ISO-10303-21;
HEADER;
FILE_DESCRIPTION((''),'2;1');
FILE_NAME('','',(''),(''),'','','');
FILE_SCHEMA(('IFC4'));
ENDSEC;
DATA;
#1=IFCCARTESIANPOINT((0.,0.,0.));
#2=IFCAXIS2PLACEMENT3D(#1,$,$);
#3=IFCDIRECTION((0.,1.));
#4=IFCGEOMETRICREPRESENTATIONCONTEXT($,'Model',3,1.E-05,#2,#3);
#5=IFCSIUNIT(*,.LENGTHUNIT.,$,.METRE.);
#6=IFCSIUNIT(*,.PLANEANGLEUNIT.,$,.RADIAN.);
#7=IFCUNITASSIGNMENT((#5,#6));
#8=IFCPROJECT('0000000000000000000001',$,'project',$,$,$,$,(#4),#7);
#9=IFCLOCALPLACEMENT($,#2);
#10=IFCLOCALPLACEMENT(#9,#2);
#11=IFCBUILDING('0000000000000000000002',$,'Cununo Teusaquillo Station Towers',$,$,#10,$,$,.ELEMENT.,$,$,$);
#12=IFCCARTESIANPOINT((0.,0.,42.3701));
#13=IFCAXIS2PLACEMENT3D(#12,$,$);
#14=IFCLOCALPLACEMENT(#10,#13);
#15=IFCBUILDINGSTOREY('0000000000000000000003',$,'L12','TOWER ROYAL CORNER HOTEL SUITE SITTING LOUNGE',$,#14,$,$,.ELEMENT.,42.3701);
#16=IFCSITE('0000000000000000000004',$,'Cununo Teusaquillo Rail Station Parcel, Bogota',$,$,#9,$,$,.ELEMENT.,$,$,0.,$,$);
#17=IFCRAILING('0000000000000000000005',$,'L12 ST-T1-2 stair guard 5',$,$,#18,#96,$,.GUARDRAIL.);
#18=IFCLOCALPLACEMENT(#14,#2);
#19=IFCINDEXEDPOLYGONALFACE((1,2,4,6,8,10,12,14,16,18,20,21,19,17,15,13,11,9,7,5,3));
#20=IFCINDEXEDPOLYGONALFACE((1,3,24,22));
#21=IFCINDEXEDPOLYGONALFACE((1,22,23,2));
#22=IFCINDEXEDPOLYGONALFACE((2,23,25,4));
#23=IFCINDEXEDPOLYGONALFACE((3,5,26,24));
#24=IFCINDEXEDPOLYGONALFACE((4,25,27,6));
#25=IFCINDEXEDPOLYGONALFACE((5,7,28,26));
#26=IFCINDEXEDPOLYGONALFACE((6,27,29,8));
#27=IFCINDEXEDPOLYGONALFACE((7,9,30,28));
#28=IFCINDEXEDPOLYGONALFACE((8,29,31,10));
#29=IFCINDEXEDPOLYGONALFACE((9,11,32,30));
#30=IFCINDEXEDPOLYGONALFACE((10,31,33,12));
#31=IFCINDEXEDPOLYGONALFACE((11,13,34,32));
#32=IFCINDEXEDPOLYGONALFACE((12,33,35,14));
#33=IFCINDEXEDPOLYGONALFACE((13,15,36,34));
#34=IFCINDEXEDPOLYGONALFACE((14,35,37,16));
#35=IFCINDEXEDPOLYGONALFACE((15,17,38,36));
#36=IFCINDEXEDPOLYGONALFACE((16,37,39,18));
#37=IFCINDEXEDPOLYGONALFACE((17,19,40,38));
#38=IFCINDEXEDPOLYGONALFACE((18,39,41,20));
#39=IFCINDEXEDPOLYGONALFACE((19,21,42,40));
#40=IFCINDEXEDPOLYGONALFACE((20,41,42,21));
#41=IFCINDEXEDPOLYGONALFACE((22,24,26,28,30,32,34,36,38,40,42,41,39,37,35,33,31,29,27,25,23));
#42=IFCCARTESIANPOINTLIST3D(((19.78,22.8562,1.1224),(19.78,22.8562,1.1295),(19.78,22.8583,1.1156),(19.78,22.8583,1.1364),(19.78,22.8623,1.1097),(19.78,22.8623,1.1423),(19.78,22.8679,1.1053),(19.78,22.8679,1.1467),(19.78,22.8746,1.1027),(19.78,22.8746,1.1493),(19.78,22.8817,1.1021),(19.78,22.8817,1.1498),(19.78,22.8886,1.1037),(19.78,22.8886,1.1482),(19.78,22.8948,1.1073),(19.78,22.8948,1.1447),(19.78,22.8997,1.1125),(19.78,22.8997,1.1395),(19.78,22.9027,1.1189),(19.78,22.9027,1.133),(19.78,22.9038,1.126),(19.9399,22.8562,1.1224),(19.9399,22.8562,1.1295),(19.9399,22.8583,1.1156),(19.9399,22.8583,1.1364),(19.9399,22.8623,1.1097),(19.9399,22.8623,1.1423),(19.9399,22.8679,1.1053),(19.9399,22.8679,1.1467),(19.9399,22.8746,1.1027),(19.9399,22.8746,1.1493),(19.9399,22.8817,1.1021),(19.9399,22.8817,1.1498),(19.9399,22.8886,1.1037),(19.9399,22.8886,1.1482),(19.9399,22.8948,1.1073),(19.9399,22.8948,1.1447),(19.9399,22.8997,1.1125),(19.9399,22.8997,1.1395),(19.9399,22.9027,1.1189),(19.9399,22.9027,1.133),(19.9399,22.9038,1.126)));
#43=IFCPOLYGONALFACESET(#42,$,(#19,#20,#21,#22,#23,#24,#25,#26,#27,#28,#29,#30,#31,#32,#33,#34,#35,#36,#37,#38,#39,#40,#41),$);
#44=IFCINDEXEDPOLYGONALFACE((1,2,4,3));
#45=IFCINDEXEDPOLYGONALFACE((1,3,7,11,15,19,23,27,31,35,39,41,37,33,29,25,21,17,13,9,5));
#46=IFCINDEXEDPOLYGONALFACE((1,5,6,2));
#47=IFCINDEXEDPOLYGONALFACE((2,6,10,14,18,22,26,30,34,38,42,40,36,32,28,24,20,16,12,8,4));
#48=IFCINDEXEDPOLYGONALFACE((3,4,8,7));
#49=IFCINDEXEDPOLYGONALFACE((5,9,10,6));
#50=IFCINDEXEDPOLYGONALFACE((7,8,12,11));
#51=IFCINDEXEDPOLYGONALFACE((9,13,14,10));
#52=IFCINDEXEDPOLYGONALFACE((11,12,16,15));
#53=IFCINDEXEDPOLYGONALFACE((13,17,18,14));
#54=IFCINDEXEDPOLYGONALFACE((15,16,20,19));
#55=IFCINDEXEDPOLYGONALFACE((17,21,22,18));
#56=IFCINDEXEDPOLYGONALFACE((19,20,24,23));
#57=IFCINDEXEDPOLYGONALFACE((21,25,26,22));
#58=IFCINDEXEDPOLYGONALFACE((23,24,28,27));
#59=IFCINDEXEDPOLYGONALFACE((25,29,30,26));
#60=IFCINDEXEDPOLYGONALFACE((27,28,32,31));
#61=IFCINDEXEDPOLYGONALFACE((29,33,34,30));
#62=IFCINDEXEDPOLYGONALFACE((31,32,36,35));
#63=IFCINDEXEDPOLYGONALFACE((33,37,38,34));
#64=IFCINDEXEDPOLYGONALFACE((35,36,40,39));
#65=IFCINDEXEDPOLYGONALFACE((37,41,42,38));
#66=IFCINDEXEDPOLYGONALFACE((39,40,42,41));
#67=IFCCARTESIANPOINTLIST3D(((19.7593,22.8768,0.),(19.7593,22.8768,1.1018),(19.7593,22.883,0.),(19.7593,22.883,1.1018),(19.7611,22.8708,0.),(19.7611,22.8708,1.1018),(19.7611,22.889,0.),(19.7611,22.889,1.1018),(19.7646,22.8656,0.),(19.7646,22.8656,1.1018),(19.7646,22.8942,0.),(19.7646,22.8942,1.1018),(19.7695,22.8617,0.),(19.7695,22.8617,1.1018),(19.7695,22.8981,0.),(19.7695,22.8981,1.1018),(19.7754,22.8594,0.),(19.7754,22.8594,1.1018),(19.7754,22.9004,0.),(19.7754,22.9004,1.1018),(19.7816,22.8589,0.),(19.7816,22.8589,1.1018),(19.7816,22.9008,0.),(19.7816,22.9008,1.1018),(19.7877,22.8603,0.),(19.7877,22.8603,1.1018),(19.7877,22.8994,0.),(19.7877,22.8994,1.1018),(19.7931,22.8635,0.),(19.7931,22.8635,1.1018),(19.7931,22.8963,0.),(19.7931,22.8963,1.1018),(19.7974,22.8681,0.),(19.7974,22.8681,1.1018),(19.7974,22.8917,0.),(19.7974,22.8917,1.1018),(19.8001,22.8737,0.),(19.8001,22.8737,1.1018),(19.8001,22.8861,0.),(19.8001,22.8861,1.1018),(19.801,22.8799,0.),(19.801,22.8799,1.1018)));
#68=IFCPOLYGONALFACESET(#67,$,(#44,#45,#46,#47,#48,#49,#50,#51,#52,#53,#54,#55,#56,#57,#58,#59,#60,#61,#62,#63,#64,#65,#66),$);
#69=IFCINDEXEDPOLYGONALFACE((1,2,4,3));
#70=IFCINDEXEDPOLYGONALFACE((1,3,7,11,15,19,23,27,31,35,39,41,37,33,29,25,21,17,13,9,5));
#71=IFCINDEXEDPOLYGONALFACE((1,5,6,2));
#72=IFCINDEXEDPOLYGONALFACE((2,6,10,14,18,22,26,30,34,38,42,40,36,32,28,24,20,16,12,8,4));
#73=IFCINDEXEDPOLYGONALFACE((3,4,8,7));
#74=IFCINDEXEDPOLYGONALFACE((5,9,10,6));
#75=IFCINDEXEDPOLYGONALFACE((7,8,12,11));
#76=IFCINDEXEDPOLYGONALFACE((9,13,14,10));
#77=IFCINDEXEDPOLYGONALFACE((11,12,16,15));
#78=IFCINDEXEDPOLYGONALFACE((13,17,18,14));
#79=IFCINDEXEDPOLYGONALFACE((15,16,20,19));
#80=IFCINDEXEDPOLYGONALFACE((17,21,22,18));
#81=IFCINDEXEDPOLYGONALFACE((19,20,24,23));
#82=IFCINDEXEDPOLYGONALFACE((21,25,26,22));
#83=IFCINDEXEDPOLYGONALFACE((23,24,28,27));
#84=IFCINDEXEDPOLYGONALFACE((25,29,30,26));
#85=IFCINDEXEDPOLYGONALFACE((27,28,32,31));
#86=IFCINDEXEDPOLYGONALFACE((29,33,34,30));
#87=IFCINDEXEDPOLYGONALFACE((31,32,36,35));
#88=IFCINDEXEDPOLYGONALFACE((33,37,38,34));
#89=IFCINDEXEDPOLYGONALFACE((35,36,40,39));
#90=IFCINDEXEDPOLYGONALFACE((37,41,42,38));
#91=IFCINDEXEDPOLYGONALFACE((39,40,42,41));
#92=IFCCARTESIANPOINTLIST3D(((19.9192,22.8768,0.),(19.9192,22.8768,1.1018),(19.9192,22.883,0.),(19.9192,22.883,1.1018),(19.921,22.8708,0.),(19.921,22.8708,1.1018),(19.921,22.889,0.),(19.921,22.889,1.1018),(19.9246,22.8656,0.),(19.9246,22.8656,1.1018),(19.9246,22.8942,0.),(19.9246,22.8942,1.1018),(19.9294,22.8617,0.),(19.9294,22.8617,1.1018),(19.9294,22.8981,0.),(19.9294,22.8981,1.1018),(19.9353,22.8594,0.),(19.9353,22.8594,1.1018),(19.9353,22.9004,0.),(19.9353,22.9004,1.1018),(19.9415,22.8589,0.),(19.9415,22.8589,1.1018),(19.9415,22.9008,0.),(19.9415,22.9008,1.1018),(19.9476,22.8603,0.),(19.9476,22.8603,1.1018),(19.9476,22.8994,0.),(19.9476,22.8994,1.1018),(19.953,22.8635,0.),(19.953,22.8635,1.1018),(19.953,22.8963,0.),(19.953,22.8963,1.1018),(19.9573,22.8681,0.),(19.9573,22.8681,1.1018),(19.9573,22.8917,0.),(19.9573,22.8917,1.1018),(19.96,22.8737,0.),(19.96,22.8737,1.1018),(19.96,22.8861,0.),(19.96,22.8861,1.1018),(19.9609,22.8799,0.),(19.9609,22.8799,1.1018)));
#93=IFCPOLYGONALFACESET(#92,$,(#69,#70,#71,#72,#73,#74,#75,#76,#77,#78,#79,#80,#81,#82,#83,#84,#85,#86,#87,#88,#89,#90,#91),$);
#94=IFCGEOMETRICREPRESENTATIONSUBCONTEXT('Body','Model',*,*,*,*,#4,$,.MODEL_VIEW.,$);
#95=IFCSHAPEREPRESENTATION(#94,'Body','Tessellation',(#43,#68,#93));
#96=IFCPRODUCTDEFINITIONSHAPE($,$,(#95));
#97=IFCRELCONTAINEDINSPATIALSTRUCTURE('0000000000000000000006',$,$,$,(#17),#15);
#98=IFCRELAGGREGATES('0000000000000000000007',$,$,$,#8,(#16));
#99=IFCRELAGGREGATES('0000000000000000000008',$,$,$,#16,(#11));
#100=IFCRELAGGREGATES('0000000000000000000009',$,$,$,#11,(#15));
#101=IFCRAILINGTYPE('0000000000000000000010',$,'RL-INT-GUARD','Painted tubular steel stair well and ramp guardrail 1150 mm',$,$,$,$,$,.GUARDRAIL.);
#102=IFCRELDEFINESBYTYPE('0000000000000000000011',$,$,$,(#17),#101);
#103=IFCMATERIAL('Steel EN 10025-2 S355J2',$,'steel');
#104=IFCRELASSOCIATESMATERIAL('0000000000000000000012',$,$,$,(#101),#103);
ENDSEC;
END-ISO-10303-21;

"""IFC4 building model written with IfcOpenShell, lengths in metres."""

from ifc_helpers import new_model, si_unit, direction, frame, origin, origin_2d, place, context, subcontext, project, spatial, circle, extrude, material, type_object, element, save


model = new_model("IFC4")

# Units and contexts
model_context = context("Model", 3, precision=1e-05, world=origin(), true_north=direction((0.0, 1.0)))
body_context = subcontext(model_context, "Body", "Model", "MODEL_VIEW")
ifc_project = project(units=[si_unit("LENGTHUNIT", "METRE"), si_unit("PLANEANGLEUNIT", "RADIAN")], contexts=[model_context])

# Site, building, storey
site_placement = place(None, origin())
site = spatial("IfcSite", under=ifc_project, at=site_placement, Name="Cununo Teusaquillo Rail Station Parcel, Bogota", CompositionType="ELEMENT", RefElevation=0.0)
building_placement = place(site_placement, origin())
building = spatial("IfcBuilding", under=site, at=building_placement, Name="Cununo Teusaquillo Station Towers", CompositionType="ELEMENT")
storey_placement = place(building_placement, frame((0.0, 0.0, 42.3701)))
storey = spatial("IfcBuildingStorey", under=building, at=storey_placement, Name="L12", Description="TOWER ROYAL CORNER HOTEL SUITE SITTING LOUNGE", CompositionType="ELEMENT", Elevation=42.3701)

# Railing
ifc_material_1 = material(Name="Steel EN 10025-2 S355J2", Category="steel")
railing_type_1 = type_object("IfcRailingType", Name="RL-INT-GUARD", Description="Painted tubular steel stair well and ramp guardrail 1150 mm", PredefinedType="GUARDRAIL", material=ifc_material_1)
railing_1_placement = place(storey_placement, frame((19.78, 22.8799, 0.0)))
element("IfcRailing", 1, at=railing_1_placement, inside=storey, type_object=railing_type_1, Name="L12 ST-T1-2 stair guard 5", PredefinedType="GUARDRAIL", context=body_context, shape_type="SweptSolid", body=[
    extrude(circle(Radius=0.0239, at=origin_2d()), frame((0.0, 0.0, 1.126), z_axis=(1.0, 0.0, 0.0), x_axis=(0.0, 1.0, 0.0)), (0.0, 0.0, 1.0), 0.1599),
    extrude(circle(Radius=0.021, at=origin_2d()), origin(), (0.0, 0.0, 1.0), 1.1018),
    extrude(circle(Radius=0.021, at=origin_2d()), frame((0.1599, 0.0, 0.0)), (0.0, 0.0, 1.0), 1.1018),
])

save(model, "model.ifc")
